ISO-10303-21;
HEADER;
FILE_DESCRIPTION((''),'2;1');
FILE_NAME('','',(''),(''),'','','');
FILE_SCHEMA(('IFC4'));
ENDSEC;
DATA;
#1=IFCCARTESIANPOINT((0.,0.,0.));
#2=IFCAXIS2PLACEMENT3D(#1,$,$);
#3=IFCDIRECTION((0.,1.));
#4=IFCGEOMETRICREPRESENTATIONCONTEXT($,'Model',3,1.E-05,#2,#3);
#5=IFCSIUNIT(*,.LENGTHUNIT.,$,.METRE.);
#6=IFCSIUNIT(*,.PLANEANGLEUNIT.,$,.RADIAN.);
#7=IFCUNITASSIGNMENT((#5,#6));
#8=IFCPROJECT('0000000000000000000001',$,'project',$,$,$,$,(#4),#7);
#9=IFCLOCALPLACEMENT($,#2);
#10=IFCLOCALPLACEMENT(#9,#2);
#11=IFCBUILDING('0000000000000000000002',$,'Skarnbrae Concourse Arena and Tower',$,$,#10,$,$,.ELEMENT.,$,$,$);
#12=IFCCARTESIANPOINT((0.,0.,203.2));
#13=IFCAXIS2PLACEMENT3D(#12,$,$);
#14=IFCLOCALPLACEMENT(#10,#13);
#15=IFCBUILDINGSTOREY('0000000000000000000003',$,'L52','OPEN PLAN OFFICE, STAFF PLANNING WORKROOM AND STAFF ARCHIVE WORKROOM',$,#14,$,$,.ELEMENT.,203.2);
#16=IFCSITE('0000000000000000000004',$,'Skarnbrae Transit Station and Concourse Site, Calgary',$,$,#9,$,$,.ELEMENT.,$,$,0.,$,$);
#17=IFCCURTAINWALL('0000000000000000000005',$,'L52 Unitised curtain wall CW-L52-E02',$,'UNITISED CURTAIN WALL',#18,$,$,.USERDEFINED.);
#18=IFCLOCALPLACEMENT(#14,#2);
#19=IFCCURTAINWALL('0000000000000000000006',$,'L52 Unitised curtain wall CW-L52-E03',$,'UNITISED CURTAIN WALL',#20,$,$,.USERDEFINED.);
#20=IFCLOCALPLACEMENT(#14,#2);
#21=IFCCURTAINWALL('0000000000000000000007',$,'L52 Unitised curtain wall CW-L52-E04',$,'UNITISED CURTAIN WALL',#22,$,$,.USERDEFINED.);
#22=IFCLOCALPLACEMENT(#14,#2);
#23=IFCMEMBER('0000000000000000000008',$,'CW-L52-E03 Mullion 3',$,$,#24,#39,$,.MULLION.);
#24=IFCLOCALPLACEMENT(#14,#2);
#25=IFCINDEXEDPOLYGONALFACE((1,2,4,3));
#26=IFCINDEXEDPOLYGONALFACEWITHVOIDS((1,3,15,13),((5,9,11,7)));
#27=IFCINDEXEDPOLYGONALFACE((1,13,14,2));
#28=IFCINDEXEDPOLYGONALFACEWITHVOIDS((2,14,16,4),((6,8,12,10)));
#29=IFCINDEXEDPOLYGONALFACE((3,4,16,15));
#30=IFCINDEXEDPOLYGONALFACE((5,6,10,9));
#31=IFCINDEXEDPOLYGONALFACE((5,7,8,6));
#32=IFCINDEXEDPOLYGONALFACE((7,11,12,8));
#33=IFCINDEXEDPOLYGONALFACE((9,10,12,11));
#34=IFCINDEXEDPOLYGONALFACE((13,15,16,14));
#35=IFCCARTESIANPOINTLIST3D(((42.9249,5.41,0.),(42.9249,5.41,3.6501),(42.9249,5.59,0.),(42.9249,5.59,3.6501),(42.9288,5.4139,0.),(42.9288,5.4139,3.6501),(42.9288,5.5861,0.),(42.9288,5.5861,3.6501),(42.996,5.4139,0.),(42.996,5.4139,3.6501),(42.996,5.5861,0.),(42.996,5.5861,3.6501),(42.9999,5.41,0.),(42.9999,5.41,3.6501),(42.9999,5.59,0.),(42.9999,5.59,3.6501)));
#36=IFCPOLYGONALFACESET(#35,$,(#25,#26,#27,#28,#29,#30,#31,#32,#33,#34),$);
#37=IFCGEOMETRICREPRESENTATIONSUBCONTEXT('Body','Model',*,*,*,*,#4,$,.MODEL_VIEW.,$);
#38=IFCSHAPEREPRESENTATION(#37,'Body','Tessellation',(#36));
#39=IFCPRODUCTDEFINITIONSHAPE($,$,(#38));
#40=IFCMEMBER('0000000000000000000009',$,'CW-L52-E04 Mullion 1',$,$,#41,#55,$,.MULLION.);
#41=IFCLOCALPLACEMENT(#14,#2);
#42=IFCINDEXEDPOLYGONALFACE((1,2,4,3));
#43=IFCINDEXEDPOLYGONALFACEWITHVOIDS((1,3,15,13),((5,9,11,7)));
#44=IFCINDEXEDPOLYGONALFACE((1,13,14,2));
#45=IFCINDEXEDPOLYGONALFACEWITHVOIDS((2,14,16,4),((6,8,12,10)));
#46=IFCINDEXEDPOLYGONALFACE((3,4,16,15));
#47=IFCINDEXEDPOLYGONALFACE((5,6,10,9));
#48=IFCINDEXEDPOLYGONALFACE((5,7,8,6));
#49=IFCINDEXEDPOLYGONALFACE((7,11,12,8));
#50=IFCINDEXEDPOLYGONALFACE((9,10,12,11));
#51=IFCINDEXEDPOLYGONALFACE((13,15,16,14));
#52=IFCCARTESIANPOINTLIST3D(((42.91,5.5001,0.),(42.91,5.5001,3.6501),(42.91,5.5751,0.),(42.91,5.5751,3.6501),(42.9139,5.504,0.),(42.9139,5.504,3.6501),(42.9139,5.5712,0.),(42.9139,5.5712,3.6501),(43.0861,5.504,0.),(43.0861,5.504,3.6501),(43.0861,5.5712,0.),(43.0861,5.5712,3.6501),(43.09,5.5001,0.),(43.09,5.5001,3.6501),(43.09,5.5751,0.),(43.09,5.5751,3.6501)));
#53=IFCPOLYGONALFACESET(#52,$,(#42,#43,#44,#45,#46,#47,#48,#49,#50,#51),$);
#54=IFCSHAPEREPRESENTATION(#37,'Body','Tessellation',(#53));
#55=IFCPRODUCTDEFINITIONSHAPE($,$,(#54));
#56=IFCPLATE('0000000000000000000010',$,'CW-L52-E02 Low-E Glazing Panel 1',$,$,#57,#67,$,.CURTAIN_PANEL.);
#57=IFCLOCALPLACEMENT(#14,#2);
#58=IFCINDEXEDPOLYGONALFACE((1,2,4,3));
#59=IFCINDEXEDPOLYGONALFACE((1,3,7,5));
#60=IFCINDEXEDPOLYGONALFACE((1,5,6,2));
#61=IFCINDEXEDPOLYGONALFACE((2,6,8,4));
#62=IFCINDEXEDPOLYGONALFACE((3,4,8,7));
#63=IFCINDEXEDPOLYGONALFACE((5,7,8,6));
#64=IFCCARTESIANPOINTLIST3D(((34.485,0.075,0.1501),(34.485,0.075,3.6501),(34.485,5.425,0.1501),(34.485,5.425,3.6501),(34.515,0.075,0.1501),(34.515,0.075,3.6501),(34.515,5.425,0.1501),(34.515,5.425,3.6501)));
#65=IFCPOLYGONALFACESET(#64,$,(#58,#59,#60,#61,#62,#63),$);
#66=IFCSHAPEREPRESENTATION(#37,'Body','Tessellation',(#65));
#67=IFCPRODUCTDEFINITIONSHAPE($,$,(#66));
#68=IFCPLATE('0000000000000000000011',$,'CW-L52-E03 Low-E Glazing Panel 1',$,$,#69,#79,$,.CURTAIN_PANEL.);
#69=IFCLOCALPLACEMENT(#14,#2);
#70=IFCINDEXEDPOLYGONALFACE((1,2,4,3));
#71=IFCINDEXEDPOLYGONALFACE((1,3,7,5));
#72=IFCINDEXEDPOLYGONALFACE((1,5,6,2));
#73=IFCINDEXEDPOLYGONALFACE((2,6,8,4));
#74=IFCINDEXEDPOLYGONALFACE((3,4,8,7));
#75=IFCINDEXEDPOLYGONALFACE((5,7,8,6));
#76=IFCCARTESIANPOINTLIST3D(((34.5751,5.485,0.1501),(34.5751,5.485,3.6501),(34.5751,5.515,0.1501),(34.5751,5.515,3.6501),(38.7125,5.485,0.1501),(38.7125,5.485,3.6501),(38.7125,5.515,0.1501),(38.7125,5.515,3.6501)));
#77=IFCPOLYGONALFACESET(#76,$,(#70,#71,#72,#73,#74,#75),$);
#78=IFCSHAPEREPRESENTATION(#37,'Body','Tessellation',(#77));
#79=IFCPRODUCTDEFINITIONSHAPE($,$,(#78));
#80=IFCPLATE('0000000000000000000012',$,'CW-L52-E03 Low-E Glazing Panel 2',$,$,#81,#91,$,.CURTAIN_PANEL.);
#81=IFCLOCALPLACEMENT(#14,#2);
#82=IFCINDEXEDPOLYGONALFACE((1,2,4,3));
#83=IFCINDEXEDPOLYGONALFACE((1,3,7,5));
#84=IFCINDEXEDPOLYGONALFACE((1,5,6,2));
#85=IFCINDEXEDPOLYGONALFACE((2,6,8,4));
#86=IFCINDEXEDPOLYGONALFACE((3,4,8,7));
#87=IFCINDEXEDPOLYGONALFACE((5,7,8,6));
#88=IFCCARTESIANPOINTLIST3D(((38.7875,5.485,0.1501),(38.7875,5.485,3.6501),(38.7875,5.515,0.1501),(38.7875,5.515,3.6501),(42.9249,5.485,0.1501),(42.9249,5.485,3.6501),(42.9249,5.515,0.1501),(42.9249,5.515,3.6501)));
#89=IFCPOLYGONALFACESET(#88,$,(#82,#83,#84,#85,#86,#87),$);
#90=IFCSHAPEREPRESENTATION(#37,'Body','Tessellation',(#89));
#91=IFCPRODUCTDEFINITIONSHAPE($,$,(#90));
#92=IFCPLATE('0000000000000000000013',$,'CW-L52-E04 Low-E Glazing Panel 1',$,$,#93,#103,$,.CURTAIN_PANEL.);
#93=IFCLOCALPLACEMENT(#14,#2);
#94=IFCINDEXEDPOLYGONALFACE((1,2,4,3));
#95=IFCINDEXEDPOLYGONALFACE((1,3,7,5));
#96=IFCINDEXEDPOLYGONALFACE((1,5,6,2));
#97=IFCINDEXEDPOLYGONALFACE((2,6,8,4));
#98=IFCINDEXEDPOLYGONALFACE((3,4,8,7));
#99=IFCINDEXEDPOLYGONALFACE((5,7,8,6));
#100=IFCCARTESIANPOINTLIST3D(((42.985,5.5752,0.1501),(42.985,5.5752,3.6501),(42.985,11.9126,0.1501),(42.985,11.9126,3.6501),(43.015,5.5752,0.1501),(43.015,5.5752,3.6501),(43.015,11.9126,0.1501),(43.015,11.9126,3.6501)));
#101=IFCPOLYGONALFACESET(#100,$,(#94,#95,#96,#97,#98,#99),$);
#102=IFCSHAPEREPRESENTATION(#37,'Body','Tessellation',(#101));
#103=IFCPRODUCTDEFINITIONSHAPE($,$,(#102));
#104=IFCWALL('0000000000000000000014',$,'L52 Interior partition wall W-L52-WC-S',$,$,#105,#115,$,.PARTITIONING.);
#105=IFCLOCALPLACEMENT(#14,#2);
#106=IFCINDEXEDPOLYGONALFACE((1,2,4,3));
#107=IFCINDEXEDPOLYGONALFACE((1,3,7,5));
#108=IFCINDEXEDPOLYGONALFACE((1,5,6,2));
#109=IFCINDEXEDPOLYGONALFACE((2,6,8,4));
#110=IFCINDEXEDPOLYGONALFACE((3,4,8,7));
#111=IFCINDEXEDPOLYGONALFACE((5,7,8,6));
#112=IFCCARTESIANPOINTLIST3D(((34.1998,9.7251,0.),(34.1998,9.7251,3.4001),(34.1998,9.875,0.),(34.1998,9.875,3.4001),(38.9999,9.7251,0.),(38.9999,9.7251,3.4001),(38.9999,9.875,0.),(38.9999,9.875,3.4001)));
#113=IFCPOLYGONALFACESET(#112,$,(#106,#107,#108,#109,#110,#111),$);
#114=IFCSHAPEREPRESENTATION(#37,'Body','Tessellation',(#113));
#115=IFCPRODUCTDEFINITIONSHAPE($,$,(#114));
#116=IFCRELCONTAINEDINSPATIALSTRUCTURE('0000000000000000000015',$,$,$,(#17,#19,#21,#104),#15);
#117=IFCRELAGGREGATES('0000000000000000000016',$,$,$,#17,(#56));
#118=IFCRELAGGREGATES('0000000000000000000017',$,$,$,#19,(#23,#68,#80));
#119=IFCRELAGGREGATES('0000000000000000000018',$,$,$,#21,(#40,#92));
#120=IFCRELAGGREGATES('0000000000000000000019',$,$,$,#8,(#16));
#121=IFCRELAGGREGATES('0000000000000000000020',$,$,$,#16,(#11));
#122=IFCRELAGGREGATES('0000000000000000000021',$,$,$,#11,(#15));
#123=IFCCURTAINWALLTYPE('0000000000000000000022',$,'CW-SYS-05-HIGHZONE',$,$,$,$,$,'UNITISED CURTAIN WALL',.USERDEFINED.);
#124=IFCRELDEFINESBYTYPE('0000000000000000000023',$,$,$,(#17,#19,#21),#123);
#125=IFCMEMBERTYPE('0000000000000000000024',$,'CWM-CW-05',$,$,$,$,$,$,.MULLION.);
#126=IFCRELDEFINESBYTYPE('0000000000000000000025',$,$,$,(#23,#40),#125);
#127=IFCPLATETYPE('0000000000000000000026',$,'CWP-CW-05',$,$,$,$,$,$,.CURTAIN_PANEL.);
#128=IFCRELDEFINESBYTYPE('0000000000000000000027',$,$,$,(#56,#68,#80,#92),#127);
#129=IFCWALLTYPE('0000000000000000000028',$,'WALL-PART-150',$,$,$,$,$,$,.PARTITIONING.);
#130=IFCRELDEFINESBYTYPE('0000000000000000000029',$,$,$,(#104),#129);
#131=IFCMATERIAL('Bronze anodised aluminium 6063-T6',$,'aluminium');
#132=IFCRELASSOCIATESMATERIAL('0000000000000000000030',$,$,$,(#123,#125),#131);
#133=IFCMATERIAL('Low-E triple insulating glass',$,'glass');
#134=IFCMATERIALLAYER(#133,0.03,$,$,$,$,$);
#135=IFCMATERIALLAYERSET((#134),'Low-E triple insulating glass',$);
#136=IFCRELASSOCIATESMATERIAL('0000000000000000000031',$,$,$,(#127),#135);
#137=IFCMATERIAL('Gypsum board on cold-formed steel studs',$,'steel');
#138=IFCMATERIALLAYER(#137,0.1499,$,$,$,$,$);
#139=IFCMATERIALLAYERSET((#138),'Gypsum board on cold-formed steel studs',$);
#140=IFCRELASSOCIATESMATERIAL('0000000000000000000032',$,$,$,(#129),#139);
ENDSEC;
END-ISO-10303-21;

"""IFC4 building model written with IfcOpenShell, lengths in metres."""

from ifc_helpers import new_model, si_unit, direction, frame, frame_2d, origin, origin_2d, place, context, subcontext, project, spatial, rectangle, hollow_rectangle, extrude, source, transform, mapped, material, layer, layer_set, material_profile, profile_set, type_object, element, aggregate, save


model = new_model("IFC4")

# Units and contexts
model_context = context("Model", 3, precision=1e-05, world=origin(), true_north=direction((0.0, 1.0)))
body_context = subcontext(model_context, "Body", "Model", "MODEL_VIEW")
ifc_project = project(units=[si_unit("LENGTHUNIT", "METRE"), si_unit("PLANEANGLEUNIT", "RADIAN")], contexts=[model_context])

# Site, building, storey
site_placement = place(None, origin())
site = spatial("IfcSite", under=ifc_project, at=site_placement, Name="Skarnbrae Transit Station and Concourse Site, Calgary", CompositionType="ELEMENT", RefElevation=0.0)
building_placement = place(site_placement, origin())
building = spatial("IfcBuilding", under=site, at=building_placement, Name="Skarnbrae Concourse Arena and Tower", CompositionType="ELEMENT")
storey_placement = place(building_placement, frame((0.0, 0.0, 203.2)))
storey = spatial("IfcBuildingStorey", under=building, at=storey_placement, Name="L52", Description="OPEN PLAN OFFICE, STAFF PLANNING WORKROOM AND STAFF ARCHIVE WORKROOM", CompositionType="ELEMENT", Elevation=203.2)

# Curtain wall
ifc_material_1 = material(Name="Bronze anodised aluminium 6063-T6", Category="aluminium")
curtain_wall_type = type_object("IfcCurtainWallType", Name="CW-SYS-05-HIGHZONE", ElementType="UNITISED CURTAIN WALL", PredefinedType="USERDEFINED", material=ifc_material_1)
curtain_wall_1_placement = place(storey_placement, origin())
curtain_wall_1 = element("IfcCurtainWall", 1, at=curtain_wall_1_placement, inside=storey, type_object=curtain_wall_type, Name="L52 Unitised curtain wall CW-L52-E02", ObjectType="UNITISED CURTAIN WALL", PredefinedType="USERDEFINED")

# Curtain wall
curtain_wall_2_placement = place(storey_placement, origin())
curtain_wall_2 = element("IfcCurtainWall", 2, at=curtain_wall_2_placement, inside=storey, type_object=curtain_wall_type, Name="L52 Unitised curtain wall CW-L52-E03", ObjectType="UNITISED CURTAIN WALL", PredefinedType="USERDEFINED")

# Curtain wall
curtain_wall_3_placement = place(storey_placement, origin())
curtain_wall_3 = element("IfcCurtainWall", 3, at=curtain_wall_3_placement, inside=storey, type_object=curtain_wall_type, Name="L52 Unitised curtain wall CW-L52-E04", ObjectType="UNITISED CURTAIN WALL", PredefinedType="USERDEFINED")

# Members
ifc_material_profile_1 = material_profile(ifc_material_1, hollow_rectangle(XDim=0.075, YDim=0.1799, WallThickness=0.0039, at=origin_2d()), Name="ALU-MULL-75X180")
ifc_profile_set_1 = profile_set([ifc_material_profile_1], Name="Bronze anodised aluminium 6063-T6")
member_type_1 = type_object("IfcMemberType", Name="CWM-CW-05", PredefinedType="MULLION", material=ifc_profile_set_1)
shared_shape_1 = source(origin(), body_context, "Body", "SweptSolid", [
    extrude(hollow_rectangle(XDim=0.075, YDim=0.1799, WallThickness=0.0039, at=origin_2d()), origin(), (0.0, 0.0, 1.0), 3.6501),
])
member_1_placement = place(storey_placement, frame((42.9624, 5.5, 0.0), z_axis=(0.0, 0.0, 1.0), x_axis=(1.0, 0.0, 0.0)))
member_1 = element("IfcMember", 4, at=member_1_placement, type_object=member_type_1, Name="CW-L52-E03 Mullion 3", PredefinedType="MULLION", context=body_context, shape_type="MappedRepresentation", body=[
    mapped(shared_shape_1, transform((0.0, 0.0, 0.0))),
])
member_2_placement = place(storey_placement, frame((43.0, 5.5376, 0.0), z_axis=(0.0, 0.0, 1.0), x_axis=(0.0, 1.0, 0.0)))
member_2 = element("IfcMember", 5, at=member_2_placement, type_object=member_type_1, Name="CW-L52-E04 Mullion 1", PredefinedType="MULLION", context=body_context, shape_type="MappedRepresentation", body=[
    mapped(shared_shape_1, transform((0.0, 0.0, 0.0))),
])

# Plates
ifc_material_2 = material(Name="Low-E triple insulating glass", Category="glass")
ifc_layer_1 = layer(ifc_material_2, 0.03)
ifc_layer_set_1 = layer_set([ifc_layer_1], Name="Low-E triple insulating glass")
plate_type = type_object("IfcPlateType", Name="CWP-CW-05", PredefinedType="CURTAIN_PANEL", material=ifc_layer_set_1)
shared_shape_2 = source(origin(), body_context, "Body", "SweptSolid", [
    extrude(rectangle(XDim=5.3501, YDim=0.03, at=origin_2d()), origin(), (0.0, 0.0, 1.0), 3.5),
])
plate_1_placement = place(storey_placement, frame((34.5, 2.75, 0.1501), z_axis=(0.0, 0.0, 1.0), x_axis=(0.0, 1.0, 0.0)))
plate_1 = element("IfcPlate", 6, at=plate_1_placement, type_object=plate_type, Name="CW-L52-E02 Low-E Glazing Panel 1", PredefinedType="CURTAIN_PANEL", context=body_context, shape_type="MappedRepresentation", body=[
    mapped(shared_shape_2, transform((0.0, 0.0, 0.0))),
])
aggregate(curtain_wall_1, [plate_1])
shared_shape_3 = source(origin(), body_context, "Body", "SweptSolid", [
    extrude(rectangle(XDim=4.1375, YDim=0.03, at=origin_2d()), origin(), (0.0, 0.0, 1.0), 3.5),
])
plate_2_placement = place(storey_placement, frame((36.6438, 5.5, 0.1501), z_axis=(0.0, 0.0, 1.0), x_axis=(1.0, 0.0, 0.0)))
plate_2 = element("IfcPlate", 7, at=plate_2_placement, type_object=plate_type, Name="CW-L52-E03 Low-E Glazing Panel 1", PredefinedType="CURTAIN_PANEL", context=body_context, shape_type="MappedRepresentation", body=[
    mapped(shared_shape_3, transform((0.0, 0.0, 0.0))),
])
plate_3_placement = place(storey_placement, frame((40.8562, 5.5, 0.1501), z_axis=(0.0, 0.0, 1.0), x_axis=(1.0, 0.0, 0.0)))
plate_3 = element("IfcPlate", 8, at=plate_3_placement, type_object=plate_type, Name="CW-L52-E03 Low-E Glazing Panel 2", PredefinedType="CURTAIN_PANEL", context=body_context, shape_type="MappedRepresentation", body=[
    mapped(shared_shape_3, transform((0.0, 0.0, 0.0))),
])
aggregate(curtain_wall_2, [member_1, plate_2, plate_3])
shared_shape_4 = source(origin(), body_context, "Body", "SweptSolid", [
    extrude(rectangle(XDim=6.3374, YDim=0.03, at=origin_2d()), origin(), (0.0, 0.0, 1.0), 3.5),
])
plate_4_placement = place(storey_placement, frame((43.0, 8.7439, 0.1501), z_axis=(0.0, 0.0, 1.0), x_axis=(0.0, 1.0, 0.0)))
plate_4 = element("IfcPlate", 9, at=plate_4_placement, type_object=plate_type, Name="CW-L52-E04 Low-E Glazing Panel 1", PredefinedType="CURTAIN_PANEL", context=body_context, shape_type="MappedRepresentation", body=[
    mapped(shared_shape_4, transform((0.0, 0.0, 0.0))),
])
aggregate(curtain_wall_3, [member_2, plate_4])

# Wall
ifc_material_3 = material(Name="Gypsum board on cold-formed steel studs", Category="steel")
ifc_layer_2 = layer(ifc_material_3, 0.1499)
ifc_layer_set_2 = layer_set([ifc_layer_2], Name="Gypsum board on cold-formed steel studs")
wall_type = type_object("IfcWallType", Name="WALL-PART-150", PredefinedType="PARTITIONING", material=ifc_layer_set_2)
shared_shape_5 = source(origin(), body_context, "Body", "SweptSolid", [
    extrude(rectangle(XDim=4.8, YDim=0.1499, at=frame_2d((2.3999, 0.0))), origin(), (0.0, 0.0, 1.0), 3.4001),
])
wall_placement = place(storey_placement, frame((34.2, 9.8, 0.0), z_axis=(0.0, 0.0, 1.0), x_axis=(1.0, 0.0, 0.0)))
element("IfcWall", 10, at=wall_placement, inside=storey, type_object=wall_type, Name="L52 Interior partition wall W-L52-WC-S", PredefinedType="PARTITIONING", context=body_context, shape_type="MappedRepresentation", body=[
    mapped(shared_shape_5, transform((0.0, 0.0, 0.0))),
])

save(model, "model.ifc")
